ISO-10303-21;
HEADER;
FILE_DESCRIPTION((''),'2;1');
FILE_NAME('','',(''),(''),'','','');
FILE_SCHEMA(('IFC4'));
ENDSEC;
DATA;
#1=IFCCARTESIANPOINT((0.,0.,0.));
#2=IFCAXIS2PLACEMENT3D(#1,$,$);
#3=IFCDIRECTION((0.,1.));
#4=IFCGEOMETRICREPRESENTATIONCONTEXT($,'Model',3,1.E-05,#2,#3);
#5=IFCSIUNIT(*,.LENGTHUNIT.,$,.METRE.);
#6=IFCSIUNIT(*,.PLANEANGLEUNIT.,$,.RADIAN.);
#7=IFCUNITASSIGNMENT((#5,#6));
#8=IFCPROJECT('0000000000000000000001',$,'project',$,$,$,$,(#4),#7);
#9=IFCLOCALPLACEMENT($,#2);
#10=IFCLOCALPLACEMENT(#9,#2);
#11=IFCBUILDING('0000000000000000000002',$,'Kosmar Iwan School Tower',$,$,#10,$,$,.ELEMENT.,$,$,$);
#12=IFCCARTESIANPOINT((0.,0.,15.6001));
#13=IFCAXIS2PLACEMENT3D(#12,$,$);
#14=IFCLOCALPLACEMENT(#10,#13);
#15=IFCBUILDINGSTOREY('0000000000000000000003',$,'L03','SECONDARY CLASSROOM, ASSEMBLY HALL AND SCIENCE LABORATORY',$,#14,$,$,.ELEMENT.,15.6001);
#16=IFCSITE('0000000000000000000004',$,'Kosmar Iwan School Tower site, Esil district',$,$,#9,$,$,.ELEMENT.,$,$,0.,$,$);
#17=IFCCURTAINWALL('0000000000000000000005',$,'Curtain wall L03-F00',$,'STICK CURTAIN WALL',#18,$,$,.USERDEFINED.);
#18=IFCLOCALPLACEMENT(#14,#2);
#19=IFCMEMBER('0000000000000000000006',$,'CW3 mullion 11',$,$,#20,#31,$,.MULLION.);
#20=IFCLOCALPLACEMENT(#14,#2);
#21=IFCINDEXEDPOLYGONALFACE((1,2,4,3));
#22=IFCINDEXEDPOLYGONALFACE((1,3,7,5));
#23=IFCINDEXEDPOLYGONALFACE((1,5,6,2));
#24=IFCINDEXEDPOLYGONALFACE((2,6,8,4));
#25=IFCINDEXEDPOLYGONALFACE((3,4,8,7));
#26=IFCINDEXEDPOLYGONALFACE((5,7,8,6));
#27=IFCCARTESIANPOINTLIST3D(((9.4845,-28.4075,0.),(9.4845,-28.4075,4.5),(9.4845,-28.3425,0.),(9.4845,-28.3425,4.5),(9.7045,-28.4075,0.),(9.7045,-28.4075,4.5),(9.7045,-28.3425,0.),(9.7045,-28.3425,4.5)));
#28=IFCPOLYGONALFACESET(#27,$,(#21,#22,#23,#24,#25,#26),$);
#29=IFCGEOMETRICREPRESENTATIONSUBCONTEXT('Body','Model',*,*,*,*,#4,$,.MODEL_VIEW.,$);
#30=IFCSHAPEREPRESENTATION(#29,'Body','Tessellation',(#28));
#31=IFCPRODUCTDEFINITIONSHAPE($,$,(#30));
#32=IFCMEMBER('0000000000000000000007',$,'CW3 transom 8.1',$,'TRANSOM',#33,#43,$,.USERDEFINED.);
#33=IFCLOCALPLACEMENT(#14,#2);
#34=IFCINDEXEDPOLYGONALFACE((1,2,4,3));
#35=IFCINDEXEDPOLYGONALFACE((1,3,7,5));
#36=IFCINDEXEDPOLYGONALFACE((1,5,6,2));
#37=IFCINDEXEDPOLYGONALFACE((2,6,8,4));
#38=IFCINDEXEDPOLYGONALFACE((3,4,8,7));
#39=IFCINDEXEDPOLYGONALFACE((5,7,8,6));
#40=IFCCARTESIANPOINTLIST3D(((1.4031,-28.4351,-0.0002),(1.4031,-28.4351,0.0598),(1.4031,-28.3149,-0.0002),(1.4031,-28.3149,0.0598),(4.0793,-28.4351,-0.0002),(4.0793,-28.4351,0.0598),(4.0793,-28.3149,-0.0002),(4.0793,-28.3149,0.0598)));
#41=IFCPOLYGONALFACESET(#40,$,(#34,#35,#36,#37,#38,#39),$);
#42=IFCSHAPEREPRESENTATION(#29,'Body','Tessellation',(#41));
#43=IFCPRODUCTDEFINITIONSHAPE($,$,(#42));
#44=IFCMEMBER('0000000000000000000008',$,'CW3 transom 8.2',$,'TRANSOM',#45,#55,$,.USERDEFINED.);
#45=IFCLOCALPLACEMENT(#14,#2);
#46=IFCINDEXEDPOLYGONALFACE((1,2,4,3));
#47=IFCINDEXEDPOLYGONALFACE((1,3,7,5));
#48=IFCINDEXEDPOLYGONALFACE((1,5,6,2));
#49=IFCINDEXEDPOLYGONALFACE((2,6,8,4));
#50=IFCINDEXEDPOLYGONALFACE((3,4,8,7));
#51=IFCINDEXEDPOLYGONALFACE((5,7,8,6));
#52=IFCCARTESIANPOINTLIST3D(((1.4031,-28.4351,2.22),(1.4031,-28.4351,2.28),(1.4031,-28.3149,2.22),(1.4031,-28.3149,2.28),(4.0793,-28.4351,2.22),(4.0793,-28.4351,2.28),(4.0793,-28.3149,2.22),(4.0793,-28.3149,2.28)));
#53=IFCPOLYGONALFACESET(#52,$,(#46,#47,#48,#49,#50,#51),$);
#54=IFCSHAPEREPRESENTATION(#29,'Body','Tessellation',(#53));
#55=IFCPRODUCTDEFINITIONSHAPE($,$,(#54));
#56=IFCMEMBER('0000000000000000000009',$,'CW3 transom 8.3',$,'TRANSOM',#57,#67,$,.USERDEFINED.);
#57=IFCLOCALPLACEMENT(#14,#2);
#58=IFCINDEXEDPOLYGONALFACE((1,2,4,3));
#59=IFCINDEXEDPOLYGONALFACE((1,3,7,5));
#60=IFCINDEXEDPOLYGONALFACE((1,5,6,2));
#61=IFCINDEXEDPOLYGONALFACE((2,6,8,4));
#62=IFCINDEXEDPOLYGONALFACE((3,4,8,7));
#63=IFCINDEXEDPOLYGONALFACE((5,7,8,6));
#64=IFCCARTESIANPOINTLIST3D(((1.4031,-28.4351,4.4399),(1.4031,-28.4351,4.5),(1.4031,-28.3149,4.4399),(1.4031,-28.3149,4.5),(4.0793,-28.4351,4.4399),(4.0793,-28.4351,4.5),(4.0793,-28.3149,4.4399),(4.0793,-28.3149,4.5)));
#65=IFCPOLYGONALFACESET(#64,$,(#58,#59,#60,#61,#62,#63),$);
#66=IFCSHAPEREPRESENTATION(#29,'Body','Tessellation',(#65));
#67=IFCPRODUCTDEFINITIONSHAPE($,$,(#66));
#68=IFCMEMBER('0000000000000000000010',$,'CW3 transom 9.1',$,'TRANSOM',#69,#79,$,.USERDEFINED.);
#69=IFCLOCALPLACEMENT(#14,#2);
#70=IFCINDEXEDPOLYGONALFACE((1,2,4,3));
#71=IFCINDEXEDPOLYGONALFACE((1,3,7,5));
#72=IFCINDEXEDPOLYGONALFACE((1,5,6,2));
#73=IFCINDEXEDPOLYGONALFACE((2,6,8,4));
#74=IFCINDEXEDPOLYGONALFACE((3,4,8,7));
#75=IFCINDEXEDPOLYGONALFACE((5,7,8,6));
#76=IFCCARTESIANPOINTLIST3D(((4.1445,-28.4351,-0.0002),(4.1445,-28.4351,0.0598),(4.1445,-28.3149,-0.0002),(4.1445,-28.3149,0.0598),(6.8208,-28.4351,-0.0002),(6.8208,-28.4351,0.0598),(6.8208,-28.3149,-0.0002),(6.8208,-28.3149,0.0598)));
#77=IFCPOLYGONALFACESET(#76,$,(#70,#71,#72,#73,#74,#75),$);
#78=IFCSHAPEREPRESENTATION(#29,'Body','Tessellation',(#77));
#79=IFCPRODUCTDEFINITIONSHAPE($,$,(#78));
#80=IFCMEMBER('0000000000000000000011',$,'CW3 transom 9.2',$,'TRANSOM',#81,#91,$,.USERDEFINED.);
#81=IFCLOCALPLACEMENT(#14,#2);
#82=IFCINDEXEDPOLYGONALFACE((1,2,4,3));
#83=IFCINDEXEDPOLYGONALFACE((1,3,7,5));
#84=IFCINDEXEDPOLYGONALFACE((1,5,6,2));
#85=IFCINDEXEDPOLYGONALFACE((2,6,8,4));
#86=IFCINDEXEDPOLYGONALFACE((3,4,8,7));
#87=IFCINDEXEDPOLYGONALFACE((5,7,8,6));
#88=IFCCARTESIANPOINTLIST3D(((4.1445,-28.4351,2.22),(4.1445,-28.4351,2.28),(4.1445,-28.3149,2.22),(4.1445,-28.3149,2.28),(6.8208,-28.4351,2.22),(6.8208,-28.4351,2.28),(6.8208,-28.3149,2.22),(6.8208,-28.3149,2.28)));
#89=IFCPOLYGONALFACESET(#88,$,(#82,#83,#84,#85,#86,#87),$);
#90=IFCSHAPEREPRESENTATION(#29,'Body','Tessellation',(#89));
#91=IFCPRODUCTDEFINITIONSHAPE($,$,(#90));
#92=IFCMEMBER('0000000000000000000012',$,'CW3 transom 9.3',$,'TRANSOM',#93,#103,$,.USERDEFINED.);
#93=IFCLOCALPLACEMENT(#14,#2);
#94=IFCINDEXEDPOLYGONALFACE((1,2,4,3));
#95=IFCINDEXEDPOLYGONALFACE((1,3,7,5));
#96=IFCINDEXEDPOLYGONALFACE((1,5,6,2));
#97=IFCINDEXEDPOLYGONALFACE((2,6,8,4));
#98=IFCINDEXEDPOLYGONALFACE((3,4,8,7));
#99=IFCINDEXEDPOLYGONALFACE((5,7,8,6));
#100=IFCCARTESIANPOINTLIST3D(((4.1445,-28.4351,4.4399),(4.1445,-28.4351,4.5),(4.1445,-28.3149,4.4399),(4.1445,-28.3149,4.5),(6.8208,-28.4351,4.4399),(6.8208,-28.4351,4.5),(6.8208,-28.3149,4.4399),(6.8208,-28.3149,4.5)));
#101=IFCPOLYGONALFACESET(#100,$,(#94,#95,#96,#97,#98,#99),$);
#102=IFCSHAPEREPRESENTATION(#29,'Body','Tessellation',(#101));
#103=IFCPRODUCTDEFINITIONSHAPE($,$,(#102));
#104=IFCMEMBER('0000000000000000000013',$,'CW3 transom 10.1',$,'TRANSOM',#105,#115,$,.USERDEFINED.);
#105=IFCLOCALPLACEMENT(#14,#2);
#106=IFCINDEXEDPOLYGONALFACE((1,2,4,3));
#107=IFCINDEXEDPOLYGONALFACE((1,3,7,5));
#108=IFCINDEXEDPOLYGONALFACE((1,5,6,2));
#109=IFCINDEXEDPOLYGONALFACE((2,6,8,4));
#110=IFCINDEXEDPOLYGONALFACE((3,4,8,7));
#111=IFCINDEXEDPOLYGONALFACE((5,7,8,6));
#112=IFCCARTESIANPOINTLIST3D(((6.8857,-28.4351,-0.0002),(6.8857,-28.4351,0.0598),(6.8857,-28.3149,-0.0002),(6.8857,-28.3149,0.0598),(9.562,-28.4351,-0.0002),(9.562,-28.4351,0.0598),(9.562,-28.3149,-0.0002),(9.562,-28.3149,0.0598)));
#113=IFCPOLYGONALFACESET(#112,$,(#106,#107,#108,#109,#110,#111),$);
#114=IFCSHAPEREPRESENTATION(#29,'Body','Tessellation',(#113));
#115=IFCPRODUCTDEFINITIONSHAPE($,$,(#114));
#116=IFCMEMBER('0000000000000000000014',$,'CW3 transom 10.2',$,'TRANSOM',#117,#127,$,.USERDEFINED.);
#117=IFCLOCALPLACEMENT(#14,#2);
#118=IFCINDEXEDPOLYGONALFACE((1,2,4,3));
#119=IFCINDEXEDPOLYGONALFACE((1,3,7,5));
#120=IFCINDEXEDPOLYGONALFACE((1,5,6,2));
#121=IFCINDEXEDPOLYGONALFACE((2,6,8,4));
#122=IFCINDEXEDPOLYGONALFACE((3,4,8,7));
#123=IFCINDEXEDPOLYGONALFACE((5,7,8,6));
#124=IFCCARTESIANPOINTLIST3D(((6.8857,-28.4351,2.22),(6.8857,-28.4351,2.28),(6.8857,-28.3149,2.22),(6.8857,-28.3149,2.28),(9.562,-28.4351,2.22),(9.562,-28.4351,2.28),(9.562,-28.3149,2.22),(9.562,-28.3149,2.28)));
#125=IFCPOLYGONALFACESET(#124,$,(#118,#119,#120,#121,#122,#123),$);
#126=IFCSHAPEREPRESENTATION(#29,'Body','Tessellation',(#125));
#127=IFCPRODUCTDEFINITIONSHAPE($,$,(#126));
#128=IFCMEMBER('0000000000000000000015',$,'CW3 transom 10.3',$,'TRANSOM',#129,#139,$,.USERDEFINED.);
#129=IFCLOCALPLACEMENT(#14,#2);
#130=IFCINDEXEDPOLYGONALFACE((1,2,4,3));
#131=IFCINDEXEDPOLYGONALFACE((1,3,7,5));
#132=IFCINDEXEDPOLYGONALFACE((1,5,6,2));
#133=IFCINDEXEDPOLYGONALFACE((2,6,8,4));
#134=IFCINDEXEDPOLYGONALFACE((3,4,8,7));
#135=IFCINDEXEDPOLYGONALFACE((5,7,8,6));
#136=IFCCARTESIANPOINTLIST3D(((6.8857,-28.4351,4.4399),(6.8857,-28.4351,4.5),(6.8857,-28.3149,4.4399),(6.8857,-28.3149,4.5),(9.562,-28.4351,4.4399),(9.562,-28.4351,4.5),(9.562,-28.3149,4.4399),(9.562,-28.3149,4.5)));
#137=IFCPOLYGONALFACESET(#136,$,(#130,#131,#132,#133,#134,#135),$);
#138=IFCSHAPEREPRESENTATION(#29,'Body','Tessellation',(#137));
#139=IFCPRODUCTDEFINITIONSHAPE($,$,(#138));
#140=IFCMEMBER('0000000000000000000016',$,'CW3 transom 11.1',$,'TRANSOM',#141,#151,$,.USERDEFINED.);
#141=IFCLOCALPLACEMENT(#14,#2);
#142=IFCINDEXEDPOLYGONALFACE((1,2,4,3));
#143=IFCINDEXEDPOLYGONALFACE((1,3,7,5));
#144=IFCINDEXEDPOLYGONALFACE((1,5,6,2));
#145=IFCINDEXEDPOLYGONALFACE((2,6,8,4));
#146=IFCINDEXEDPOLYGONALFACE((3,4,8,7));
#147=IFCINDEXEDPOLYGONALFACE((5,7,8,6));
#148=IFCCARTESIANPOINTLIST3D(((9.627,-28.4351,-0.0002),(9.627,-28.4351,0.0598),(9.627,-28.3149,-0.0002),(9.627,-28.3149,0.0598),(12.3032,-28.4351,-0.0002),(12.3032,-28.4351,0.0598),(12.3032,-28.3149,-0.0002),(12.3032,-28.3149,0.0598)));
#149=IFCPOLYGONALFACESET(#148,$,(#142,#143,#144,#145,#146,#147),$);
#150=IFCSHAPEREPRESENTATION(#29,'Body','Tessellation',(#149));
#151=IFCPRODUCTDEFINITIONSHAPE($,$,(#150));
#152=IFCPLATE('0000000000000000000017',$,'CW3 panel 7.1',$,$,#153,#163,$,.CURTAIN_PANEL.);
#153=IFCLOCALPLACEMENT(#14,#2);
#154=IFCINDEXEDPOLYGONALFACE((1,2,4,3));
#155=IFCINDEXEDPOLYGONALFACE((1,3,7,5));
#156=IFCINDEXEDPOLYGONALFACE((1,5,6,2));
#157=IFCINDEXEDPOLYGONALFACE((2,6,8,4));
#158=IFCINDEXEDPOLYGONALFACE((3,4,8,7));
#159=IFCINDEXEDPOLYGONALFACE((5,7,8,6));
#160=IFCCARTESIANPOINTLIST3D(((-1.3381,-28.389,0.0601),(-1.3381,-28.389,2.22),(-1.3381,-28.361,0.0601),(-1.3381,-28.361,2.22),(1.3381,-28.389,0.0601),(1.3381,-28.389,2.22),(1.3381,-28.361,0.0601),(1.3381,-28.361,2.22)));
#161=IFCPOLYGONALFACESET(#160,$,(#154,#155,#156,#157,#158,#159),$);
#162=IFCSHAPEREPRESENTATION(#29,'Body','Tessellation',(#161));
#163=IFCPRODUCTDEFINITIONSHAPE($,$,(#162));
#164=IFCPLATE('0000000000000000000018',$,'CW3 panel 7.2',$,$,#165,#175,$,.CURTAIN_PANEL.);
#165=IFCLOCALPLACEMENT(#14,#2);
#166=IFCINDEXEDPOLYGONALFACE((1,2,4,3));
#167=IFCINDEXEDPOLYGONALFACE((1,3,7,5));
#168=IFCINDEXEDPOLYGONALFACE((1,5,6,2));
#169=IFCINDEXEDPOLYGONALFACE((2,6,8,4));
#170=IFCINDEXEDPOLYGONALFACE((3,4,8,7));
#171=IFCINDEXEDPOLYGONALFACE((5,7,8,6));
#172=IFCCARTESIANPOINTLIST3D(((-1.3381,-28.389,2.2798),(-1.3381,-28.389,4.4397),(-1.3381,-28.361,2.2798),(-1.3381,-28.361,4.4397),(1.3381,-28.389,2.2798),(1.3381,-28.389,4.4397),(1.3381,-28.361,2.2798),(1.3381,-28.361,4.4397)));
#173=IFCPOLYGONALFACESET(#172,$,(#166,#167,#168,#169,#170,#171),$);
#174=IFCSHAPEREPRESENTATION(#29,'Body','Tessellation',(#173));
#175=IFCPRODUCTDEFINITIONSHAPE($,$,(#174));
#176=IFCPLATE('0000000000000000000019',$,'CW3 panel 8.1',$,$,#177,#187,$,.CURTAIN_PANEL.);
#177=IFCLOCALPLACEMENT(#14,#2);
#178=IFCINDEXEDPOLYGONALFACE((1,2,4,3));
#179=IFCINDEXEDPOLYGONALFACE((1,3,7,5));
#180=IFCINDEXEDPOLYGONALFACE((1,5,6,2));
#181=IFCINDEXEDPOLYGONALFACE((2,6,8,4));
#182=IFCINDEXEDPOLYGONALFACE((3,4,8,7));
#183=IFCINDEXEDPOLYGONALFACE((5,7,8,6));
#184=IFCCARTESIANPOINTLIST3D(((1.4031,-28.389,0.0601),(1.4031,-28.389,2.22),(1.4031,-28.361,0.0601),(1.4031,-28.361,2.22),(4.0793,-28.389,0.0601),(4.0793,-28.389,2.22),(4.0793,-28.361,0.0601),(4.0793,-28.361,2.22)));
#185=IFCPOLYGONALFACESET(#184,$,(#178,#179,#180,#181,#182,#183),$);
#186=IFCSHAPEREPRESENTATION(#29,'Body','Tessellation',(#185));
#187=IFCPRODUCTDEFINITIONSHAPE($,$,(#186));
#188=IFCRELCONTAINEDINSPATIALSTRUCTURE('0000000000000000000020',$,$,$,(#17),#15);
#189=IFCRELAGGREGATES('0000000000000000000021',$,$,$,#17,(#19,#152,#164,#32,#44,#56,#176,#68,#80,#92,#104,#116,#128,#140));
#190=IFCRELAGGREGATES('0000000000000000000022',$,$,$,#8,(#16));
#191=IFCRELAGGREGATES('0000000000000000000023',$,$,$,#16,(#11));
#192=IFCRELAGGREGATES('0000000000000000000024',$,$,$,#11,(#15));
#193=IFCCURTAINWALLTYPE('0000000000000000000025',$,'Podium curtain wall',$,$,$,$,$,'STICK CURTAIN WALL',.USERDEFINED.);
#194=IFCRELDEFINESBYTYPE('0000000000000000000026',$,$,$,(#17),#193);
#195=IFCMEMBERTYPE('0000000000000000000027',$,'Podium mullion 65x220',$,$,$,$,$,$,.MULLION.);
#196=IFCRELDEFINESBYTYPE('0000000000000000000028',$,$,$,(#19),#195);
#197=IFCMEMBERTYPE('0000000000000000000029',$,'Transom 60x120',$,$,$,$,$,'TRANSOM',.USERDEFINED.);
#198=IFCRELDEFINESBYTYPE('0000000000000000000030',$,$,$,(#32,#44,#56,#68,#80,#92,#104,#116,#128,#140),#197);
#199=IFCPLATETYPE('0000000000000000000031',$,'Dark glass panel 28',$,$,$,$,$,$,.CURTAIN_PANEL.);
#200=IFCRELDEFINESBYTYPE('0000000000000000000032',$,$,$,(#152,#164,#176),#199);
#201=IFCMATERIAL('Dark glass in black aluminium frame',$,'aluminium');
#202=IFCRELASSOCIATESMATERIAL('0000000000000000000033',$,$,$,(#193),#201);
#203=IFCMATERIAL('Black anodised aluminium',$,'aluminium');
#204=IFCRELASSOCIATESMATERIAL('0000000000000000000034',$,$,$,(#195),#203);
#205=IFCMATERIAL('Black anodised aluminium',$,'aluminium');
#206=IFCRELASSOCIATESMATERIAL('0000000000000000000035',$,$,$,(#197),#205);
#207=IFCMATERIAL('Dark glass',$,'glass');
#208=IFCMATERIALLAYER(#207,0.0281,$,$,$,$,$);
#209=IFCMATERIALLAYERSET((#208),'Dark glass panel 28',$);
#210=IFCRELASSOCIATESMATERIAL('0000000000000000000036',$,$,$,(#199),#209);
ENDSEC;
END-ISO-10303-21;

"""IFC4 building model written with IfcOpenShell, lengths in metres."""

from ifc_helpers import new_model, si_unit, direction, frame, origin, origin_2d, place, context, subcontext, project, spatial, rectangle, extrude, material, layer, layer_set, material_profile, profile_set, type_object, element, aggregate, save


model = new_model("IFC4")

# Units and contexts
model_context = context("Model", 3, precision=1e-05, world=origin(), true_north=direction((0.0, 1.0)))
body_context = subcontext(model_context, "Body", "Model", "MODEL_VIEW")
ifc_project = project(units=[si_unit("LENGTHUNIT", "METRE"), si_unit("PLANEANGLEUNIT", "RADIAN")], contexts=[model_context])

# Site, building, storey
site_placement = place(None, origin())
site = spatial("IfcSite", under=ifc_project, at=site_placement, Name="Kosmar Iwan School Tower site, Esil district", CompositionType="ELEMENT", RefElevation=0.0)
building_placement = place(site_placement, origin())
building = spatial("IfcBuilding", under=site, at=building_placement, Name="Kosmar Iwan School Tower", CompositionType="ELEMENT")
storey_placement = place(building_placement, frame((0.0, 0.0, 15.6001)))
storey = spatial("IfcBuildingStorey", under=building, at=storey_placement, Name="L03", Description="SECONDARY CLASSROOM, ASSEMBLY HALL AND SCIENCE LABORATORY", CompositionType="ELEMENT", Elevation=15.6001)

# Curtain wall, members, plates
ifc_material_1 = material(Name="Dark glass in black aluminium frame", Category="aluminium")
curtain_wall_type = type_object("IfcCurtainWallType", Name="Podium curtain wall", ElementType="STICK CURTAIN WALL", PredefinedType="USERDEFINED", material=ifc_material_1)
curtain_wall_placement = place(storey_placement, origin())
curtain_wall = element("IfcCurtainWall", 1, at=curtain_wall_placement, inside=storey, type_object=curtain_wall_type, Name="Curtain wall L03-F00", ObjectType="STICK CURTAIN WALL", PredefinedType="USERDEFINED")
ifc_material_2 = material(Name="Black anodised aluminium", Category="aluminium")
ifc_material_profile_1 = material_profile(ifc_material_2, rectangle(XDim=0.0649, YDim=0.22, at=origin_2d()), Name="MULLION 65x220")
ifc_profile_set_1 = profile_set([ifc_material_profile_1], Name="Black anodised aluminium")
member_type_1 = type_object("IfcMemberType", Name="Podium mullion 65x220", PredefinedType="MULLION", material=ifc_profile_set_1)
member_1_placement = place(storey_placement, frame((9.5945, -28.375, 0.0), z_axis=(0.0, 0.0, 1.0), x_axis=(0.0, 1.0, 0.0)))
member_1 = element("IfcMember", 2, at=member_1_placement, type_object=member_type_1, Name="CW3 mullion 11", PredefinedType="MULLION", context=body_context, shape_type="SweptSolid", body=[
    extrude(rectangle(XDim=0.0649, YDim=0.22, at=origin_2d()), origin(), (0.0, 0.0, 1.0), 4.5),
])
ifc_material_3 = material(Name="Black anodised aluminium", Category="aluminium")
ifc_material_profile_2 = material_profile(ifc_material_3, rectangle(XDim=0.1201, YDim=0.0601, at=origin_2d()), Name="TRANSOM 60x120")
ifc_profile_set_2 = profile_set([ifc_material_profile_2], Name="Black anodised aluminium")
member_type_2 = type_object("IfcMemberType", Name="Transom 60x120", ElementType="TRANSOM", PredefinedType="USERDEFINED", material=ifc_profile_set_2)
member_2_placement = place(storey_placement, frame((1.4031, -28.375, 0.0298), z_axis=(1.0, 0.0, 0.0), x_axis=(0.0, 1.0, 0.0)))
member_2 = element("IfcMember", 3, at=member_2_placement, type_object=member_type_2, Name="CW3 transom 8.1", ObjectType="TRANSOM", PredefinedType="USERDEFINED", context=body_context, shape_type="SweptSolid", body=[
    extrude(rectangle(XDim=0.1201, YDim=0.0601, at=origin_2d()), origin(), (0.0, 0.0, 1.0), 2.6763),
])
member_3_placement = place(storey_placement, frame((1.4031, -28.375, 2.25), z_axis=(1.0, 0.0, 0.0), x_axis=(0.0, 1.0, 0.0)))
member_3 = element("IfcMember", 4, at=member_3_placement, type_object=member_type_2, Name="CW3 transom 8.2", ObjectType="TRANSOM", PredefinedType="USERDEFINED", context=body_context, shape_type="SweptSolid", body=[
    extrude(rectangle(XDim=0.1201, YDim=0.0601, at=origin_2d()), origin(), (0.0, 0.0, 1.0), 2.6763),
])
member_4_placement = place(storey_placement, frame((1.4031, -28.375, 4.47), z_axis=(1.0, 0.0, 0.0), x_axis=(0.0, 1.0, 0.0)))
member_4 = element("IfcMember", 5, at=member_4_placement, type_object=member_type_2, Name="CW3 transom 8.3", ObjectType="TRANSOM", PredefinedType="USERDEFINED", context=body_context, shape_type="SweptSolid", body=[
    extrude(rectangle(XDim=0.1201, YDim=0.0601, at=origin_2d()), origin(), (0.0, 0.0, 1.0), 2.6763),
])
member_5_placement = place(storey_placement, frame((4.1445, -28.375, 0.0298), z_axis=(1.0, 0.0, 0.0), x_axis=(0.0, 1.0, 0.0)))
member_5 = element("IfcMember", 6, at=member_5_placement, type_object=member_type_2, Name="CW3 transom 9.1", ObjectType="TRANSOM", PredefinedType="USERDEFINED", context=body_context, shape_type="SweptSolid", body=[
    extrude(rectangle(XDim=0.1201, YDim=0.0601, at=origin_2d()), origin(), (0.0, 0.0, 1.0), 2.6763),
])
member_6_placement = place(storey_placement, frame((4.1445, -28.375, 2.25), z_axis=(1.0, 0.0, 0.0), x_axis=(0.0, 1.0, 0.0)))
member_6 = element("IfcMember", 7, at=member_6_placement, type_object=member_type_2, Name="CW3 transom 9.2", ObjectType="TRANSOM", PredefinedType="USERDEFINED", context=body_context, shape_type="SweptSolid", body=[
    extrude(rectangle(XDim=0.1201, YDim=0.0601, at=origin_2d()), origin(), (0.0, 0.0, 1.0), 2.6763),
])
member_7_placement = place(storey_placement, frame((4.1445, -28.375, 4.47), z_axis=(1.0, 0.0, 0.0), x_axis=(0.0, 1.0, 0.0)))
member_7 = element("IfcMember", 8, at=member_7_placement, type_object=member_type_2, Name="CW3 transom 9.3", ObjectType="TRANSOM", PredefinedType="USERDEFINED", context=body_context, shape_type="SweptSolid", body=[
    extrude(rectangle(XDim=0.1201, YDim=0.0601, at=origin_2d()), origin(), (0.0, 0.0, 1.0), 2.6763),
])
member_8_placement = place(storey_placement, frame((6.8857, -28.375, 0.0298), z_axis=(1.0, 0.0, 0.0), x_axis=(0.0, 1.0, 0.0)))
member_8 = element("IfcMember", 9, at=member_8_placement, type_object=member_type_2, Name="CW3 transom 10.1", ObjectType="TRANSOM", PredefinedType="USERDEFINED", context=body_context, shape_type="SweptSolid", body=[
    extrude(rectangle(XDim=0.1201, YDim=0.0601, at=origin_2d()), origin(), (0.0, 0.0, 1.0), 2.6763),
])
member_9_placement = place(storey_placement, frame((6.8857, -28.375, 2.25), z_axis=(1.0, 0.0, 0.0), x_axis=(0.0, 1.0, 0.0)))
member_9 = element("IfcMember", 10, at=member_9_placement, type_object=member_type_2, Name="CW3 transom 10.2", ObjectType="TRANSOM", PredefinedType="USERDEFINED", context=body_context, shape_type="SweptSolid", body=[
    extrude(rectangle(XDim=0.1201, YDim=0.0601, at=origin_2d()), origin(), (0.0, 0.0, 1.0), 2.6763),
])
member_10_placement = place(storey_placement, frame((6.8857, -28.375, 4.47), z_axis=(1.0, 0.0, 0.0), x_axis=(0.0, 1.0, 0.0)))
member_10 = element("IfcMember", 11, at=member_10_placement, type_object=member_type_2, Name="CW3 transom 10.3", ObjectType="TRANSOM", PredefinedType="USERDEFINED", context=body_context, shape_type="SweptSolid", body=[
    extrude(rectangle(XDim=0.1201, YDim=0.0601, at=origin_2d()), origin(), (0.0, 0.0, 1.0), 2.6763),
])
member_11_placement = place(storey_placement, frame((9.627, -28.375, 0.0298), z_axis=(1.0, 0.0, 0.0), x_axis=(0.0, 1.0, 0.0)))
member_11 = element("IfcMember", 12, at=member_11_placement, type_object=member_type_2, Name="CW3 transom 11.1", ObjectType="TRANSOM", PredefinedType="USERDEFINED", context=body_context, shape_type="SweptSolid", body=[
    extrude(rectangle(XDim=0.1201, YDim=0.0601, at=origin_2d()), origin(), (0.0, 0.0, 1.0), 2.6763),
])
ifc_material_4 = material(Name="Dark glass", Category="glass")
ifc_layer = layer(ifc_material_4, 0.0281)
ifc_layer_set = layer_set([ifc_layer], Name="Dark glass panel 28")
plate_type = type_object("IfcPlateType", Name="Dark glass panel 28", PredefinedType="CURTAIN_PANEL", material=ifc_layer_set)
plate_1_placement = place(storey_placement, frame((0.0, -28.375, 0.0601), z_axis=(0.0, 0.0, 1.0), x_axis=(1.0, 0.0, 0.0)))
plate_1 = element("IfcPlate", 13, at=plate_1_placement, type_object=plate_type, Name="CW3 panel 7.1", PredefinedType="CURTAIN_PANEL", context=body_context, shape_type="SweptSolid", body=[
    extrude(rectangle(XDim=2.6763, YDim=0.0281, at=origin_2d()), origin(), (0.0, 0.0, 1.0), 2.1599),
])
plate_2_placement = place(storey_placement, frame((0.0, -28.375, 2.2798), z_axis=(0.0, 0.0, 1.0), x_axis=(1.0, 0.0, 0.0)))
plate_2 = element("IfcPlate", 14, at=plate_2_placement, type_object=plate_type, Name="CW3 panel 7.2", PredefinedType="CURTAIN_PANEL", context=body_context, shape_type="SweptSolid", body=[
    extrude(rectangle(XDim=2.6763, YDim=0.0281, at=origin_2d()), origin(), (0.0, 0.0, 1.0), 2.1599),
])
plate_3_placement = place(storey_placement, frame((2.7412, -28.375, 0.0601), z_axis=(0.0, 0.0, 1.0), x_axis=(1.0, 0.0, 0.0)))
plate_3 = element("IfcPlate", 15, at=plate_3_placement, type_object=plate_type, Name="CW3 panel 8.1", PredefinedType="CURTAIN_PANEL", context=body_context, shape_type="SweptSolid", body=[
    extrude(rectangle(XDim=2.6763, YDim=0.0281, at=origin_2d()), origin(), (0.0, 0.0, 1.0), 2.1599),
])
aggregate(curtain_wall, [member_1, plate_1, plate_2, member_2, member_3, member_4, plate_3, member_5, member_6, member_7, member_8, member_9, member_10, member_11])

save(model, "model.ifc")
